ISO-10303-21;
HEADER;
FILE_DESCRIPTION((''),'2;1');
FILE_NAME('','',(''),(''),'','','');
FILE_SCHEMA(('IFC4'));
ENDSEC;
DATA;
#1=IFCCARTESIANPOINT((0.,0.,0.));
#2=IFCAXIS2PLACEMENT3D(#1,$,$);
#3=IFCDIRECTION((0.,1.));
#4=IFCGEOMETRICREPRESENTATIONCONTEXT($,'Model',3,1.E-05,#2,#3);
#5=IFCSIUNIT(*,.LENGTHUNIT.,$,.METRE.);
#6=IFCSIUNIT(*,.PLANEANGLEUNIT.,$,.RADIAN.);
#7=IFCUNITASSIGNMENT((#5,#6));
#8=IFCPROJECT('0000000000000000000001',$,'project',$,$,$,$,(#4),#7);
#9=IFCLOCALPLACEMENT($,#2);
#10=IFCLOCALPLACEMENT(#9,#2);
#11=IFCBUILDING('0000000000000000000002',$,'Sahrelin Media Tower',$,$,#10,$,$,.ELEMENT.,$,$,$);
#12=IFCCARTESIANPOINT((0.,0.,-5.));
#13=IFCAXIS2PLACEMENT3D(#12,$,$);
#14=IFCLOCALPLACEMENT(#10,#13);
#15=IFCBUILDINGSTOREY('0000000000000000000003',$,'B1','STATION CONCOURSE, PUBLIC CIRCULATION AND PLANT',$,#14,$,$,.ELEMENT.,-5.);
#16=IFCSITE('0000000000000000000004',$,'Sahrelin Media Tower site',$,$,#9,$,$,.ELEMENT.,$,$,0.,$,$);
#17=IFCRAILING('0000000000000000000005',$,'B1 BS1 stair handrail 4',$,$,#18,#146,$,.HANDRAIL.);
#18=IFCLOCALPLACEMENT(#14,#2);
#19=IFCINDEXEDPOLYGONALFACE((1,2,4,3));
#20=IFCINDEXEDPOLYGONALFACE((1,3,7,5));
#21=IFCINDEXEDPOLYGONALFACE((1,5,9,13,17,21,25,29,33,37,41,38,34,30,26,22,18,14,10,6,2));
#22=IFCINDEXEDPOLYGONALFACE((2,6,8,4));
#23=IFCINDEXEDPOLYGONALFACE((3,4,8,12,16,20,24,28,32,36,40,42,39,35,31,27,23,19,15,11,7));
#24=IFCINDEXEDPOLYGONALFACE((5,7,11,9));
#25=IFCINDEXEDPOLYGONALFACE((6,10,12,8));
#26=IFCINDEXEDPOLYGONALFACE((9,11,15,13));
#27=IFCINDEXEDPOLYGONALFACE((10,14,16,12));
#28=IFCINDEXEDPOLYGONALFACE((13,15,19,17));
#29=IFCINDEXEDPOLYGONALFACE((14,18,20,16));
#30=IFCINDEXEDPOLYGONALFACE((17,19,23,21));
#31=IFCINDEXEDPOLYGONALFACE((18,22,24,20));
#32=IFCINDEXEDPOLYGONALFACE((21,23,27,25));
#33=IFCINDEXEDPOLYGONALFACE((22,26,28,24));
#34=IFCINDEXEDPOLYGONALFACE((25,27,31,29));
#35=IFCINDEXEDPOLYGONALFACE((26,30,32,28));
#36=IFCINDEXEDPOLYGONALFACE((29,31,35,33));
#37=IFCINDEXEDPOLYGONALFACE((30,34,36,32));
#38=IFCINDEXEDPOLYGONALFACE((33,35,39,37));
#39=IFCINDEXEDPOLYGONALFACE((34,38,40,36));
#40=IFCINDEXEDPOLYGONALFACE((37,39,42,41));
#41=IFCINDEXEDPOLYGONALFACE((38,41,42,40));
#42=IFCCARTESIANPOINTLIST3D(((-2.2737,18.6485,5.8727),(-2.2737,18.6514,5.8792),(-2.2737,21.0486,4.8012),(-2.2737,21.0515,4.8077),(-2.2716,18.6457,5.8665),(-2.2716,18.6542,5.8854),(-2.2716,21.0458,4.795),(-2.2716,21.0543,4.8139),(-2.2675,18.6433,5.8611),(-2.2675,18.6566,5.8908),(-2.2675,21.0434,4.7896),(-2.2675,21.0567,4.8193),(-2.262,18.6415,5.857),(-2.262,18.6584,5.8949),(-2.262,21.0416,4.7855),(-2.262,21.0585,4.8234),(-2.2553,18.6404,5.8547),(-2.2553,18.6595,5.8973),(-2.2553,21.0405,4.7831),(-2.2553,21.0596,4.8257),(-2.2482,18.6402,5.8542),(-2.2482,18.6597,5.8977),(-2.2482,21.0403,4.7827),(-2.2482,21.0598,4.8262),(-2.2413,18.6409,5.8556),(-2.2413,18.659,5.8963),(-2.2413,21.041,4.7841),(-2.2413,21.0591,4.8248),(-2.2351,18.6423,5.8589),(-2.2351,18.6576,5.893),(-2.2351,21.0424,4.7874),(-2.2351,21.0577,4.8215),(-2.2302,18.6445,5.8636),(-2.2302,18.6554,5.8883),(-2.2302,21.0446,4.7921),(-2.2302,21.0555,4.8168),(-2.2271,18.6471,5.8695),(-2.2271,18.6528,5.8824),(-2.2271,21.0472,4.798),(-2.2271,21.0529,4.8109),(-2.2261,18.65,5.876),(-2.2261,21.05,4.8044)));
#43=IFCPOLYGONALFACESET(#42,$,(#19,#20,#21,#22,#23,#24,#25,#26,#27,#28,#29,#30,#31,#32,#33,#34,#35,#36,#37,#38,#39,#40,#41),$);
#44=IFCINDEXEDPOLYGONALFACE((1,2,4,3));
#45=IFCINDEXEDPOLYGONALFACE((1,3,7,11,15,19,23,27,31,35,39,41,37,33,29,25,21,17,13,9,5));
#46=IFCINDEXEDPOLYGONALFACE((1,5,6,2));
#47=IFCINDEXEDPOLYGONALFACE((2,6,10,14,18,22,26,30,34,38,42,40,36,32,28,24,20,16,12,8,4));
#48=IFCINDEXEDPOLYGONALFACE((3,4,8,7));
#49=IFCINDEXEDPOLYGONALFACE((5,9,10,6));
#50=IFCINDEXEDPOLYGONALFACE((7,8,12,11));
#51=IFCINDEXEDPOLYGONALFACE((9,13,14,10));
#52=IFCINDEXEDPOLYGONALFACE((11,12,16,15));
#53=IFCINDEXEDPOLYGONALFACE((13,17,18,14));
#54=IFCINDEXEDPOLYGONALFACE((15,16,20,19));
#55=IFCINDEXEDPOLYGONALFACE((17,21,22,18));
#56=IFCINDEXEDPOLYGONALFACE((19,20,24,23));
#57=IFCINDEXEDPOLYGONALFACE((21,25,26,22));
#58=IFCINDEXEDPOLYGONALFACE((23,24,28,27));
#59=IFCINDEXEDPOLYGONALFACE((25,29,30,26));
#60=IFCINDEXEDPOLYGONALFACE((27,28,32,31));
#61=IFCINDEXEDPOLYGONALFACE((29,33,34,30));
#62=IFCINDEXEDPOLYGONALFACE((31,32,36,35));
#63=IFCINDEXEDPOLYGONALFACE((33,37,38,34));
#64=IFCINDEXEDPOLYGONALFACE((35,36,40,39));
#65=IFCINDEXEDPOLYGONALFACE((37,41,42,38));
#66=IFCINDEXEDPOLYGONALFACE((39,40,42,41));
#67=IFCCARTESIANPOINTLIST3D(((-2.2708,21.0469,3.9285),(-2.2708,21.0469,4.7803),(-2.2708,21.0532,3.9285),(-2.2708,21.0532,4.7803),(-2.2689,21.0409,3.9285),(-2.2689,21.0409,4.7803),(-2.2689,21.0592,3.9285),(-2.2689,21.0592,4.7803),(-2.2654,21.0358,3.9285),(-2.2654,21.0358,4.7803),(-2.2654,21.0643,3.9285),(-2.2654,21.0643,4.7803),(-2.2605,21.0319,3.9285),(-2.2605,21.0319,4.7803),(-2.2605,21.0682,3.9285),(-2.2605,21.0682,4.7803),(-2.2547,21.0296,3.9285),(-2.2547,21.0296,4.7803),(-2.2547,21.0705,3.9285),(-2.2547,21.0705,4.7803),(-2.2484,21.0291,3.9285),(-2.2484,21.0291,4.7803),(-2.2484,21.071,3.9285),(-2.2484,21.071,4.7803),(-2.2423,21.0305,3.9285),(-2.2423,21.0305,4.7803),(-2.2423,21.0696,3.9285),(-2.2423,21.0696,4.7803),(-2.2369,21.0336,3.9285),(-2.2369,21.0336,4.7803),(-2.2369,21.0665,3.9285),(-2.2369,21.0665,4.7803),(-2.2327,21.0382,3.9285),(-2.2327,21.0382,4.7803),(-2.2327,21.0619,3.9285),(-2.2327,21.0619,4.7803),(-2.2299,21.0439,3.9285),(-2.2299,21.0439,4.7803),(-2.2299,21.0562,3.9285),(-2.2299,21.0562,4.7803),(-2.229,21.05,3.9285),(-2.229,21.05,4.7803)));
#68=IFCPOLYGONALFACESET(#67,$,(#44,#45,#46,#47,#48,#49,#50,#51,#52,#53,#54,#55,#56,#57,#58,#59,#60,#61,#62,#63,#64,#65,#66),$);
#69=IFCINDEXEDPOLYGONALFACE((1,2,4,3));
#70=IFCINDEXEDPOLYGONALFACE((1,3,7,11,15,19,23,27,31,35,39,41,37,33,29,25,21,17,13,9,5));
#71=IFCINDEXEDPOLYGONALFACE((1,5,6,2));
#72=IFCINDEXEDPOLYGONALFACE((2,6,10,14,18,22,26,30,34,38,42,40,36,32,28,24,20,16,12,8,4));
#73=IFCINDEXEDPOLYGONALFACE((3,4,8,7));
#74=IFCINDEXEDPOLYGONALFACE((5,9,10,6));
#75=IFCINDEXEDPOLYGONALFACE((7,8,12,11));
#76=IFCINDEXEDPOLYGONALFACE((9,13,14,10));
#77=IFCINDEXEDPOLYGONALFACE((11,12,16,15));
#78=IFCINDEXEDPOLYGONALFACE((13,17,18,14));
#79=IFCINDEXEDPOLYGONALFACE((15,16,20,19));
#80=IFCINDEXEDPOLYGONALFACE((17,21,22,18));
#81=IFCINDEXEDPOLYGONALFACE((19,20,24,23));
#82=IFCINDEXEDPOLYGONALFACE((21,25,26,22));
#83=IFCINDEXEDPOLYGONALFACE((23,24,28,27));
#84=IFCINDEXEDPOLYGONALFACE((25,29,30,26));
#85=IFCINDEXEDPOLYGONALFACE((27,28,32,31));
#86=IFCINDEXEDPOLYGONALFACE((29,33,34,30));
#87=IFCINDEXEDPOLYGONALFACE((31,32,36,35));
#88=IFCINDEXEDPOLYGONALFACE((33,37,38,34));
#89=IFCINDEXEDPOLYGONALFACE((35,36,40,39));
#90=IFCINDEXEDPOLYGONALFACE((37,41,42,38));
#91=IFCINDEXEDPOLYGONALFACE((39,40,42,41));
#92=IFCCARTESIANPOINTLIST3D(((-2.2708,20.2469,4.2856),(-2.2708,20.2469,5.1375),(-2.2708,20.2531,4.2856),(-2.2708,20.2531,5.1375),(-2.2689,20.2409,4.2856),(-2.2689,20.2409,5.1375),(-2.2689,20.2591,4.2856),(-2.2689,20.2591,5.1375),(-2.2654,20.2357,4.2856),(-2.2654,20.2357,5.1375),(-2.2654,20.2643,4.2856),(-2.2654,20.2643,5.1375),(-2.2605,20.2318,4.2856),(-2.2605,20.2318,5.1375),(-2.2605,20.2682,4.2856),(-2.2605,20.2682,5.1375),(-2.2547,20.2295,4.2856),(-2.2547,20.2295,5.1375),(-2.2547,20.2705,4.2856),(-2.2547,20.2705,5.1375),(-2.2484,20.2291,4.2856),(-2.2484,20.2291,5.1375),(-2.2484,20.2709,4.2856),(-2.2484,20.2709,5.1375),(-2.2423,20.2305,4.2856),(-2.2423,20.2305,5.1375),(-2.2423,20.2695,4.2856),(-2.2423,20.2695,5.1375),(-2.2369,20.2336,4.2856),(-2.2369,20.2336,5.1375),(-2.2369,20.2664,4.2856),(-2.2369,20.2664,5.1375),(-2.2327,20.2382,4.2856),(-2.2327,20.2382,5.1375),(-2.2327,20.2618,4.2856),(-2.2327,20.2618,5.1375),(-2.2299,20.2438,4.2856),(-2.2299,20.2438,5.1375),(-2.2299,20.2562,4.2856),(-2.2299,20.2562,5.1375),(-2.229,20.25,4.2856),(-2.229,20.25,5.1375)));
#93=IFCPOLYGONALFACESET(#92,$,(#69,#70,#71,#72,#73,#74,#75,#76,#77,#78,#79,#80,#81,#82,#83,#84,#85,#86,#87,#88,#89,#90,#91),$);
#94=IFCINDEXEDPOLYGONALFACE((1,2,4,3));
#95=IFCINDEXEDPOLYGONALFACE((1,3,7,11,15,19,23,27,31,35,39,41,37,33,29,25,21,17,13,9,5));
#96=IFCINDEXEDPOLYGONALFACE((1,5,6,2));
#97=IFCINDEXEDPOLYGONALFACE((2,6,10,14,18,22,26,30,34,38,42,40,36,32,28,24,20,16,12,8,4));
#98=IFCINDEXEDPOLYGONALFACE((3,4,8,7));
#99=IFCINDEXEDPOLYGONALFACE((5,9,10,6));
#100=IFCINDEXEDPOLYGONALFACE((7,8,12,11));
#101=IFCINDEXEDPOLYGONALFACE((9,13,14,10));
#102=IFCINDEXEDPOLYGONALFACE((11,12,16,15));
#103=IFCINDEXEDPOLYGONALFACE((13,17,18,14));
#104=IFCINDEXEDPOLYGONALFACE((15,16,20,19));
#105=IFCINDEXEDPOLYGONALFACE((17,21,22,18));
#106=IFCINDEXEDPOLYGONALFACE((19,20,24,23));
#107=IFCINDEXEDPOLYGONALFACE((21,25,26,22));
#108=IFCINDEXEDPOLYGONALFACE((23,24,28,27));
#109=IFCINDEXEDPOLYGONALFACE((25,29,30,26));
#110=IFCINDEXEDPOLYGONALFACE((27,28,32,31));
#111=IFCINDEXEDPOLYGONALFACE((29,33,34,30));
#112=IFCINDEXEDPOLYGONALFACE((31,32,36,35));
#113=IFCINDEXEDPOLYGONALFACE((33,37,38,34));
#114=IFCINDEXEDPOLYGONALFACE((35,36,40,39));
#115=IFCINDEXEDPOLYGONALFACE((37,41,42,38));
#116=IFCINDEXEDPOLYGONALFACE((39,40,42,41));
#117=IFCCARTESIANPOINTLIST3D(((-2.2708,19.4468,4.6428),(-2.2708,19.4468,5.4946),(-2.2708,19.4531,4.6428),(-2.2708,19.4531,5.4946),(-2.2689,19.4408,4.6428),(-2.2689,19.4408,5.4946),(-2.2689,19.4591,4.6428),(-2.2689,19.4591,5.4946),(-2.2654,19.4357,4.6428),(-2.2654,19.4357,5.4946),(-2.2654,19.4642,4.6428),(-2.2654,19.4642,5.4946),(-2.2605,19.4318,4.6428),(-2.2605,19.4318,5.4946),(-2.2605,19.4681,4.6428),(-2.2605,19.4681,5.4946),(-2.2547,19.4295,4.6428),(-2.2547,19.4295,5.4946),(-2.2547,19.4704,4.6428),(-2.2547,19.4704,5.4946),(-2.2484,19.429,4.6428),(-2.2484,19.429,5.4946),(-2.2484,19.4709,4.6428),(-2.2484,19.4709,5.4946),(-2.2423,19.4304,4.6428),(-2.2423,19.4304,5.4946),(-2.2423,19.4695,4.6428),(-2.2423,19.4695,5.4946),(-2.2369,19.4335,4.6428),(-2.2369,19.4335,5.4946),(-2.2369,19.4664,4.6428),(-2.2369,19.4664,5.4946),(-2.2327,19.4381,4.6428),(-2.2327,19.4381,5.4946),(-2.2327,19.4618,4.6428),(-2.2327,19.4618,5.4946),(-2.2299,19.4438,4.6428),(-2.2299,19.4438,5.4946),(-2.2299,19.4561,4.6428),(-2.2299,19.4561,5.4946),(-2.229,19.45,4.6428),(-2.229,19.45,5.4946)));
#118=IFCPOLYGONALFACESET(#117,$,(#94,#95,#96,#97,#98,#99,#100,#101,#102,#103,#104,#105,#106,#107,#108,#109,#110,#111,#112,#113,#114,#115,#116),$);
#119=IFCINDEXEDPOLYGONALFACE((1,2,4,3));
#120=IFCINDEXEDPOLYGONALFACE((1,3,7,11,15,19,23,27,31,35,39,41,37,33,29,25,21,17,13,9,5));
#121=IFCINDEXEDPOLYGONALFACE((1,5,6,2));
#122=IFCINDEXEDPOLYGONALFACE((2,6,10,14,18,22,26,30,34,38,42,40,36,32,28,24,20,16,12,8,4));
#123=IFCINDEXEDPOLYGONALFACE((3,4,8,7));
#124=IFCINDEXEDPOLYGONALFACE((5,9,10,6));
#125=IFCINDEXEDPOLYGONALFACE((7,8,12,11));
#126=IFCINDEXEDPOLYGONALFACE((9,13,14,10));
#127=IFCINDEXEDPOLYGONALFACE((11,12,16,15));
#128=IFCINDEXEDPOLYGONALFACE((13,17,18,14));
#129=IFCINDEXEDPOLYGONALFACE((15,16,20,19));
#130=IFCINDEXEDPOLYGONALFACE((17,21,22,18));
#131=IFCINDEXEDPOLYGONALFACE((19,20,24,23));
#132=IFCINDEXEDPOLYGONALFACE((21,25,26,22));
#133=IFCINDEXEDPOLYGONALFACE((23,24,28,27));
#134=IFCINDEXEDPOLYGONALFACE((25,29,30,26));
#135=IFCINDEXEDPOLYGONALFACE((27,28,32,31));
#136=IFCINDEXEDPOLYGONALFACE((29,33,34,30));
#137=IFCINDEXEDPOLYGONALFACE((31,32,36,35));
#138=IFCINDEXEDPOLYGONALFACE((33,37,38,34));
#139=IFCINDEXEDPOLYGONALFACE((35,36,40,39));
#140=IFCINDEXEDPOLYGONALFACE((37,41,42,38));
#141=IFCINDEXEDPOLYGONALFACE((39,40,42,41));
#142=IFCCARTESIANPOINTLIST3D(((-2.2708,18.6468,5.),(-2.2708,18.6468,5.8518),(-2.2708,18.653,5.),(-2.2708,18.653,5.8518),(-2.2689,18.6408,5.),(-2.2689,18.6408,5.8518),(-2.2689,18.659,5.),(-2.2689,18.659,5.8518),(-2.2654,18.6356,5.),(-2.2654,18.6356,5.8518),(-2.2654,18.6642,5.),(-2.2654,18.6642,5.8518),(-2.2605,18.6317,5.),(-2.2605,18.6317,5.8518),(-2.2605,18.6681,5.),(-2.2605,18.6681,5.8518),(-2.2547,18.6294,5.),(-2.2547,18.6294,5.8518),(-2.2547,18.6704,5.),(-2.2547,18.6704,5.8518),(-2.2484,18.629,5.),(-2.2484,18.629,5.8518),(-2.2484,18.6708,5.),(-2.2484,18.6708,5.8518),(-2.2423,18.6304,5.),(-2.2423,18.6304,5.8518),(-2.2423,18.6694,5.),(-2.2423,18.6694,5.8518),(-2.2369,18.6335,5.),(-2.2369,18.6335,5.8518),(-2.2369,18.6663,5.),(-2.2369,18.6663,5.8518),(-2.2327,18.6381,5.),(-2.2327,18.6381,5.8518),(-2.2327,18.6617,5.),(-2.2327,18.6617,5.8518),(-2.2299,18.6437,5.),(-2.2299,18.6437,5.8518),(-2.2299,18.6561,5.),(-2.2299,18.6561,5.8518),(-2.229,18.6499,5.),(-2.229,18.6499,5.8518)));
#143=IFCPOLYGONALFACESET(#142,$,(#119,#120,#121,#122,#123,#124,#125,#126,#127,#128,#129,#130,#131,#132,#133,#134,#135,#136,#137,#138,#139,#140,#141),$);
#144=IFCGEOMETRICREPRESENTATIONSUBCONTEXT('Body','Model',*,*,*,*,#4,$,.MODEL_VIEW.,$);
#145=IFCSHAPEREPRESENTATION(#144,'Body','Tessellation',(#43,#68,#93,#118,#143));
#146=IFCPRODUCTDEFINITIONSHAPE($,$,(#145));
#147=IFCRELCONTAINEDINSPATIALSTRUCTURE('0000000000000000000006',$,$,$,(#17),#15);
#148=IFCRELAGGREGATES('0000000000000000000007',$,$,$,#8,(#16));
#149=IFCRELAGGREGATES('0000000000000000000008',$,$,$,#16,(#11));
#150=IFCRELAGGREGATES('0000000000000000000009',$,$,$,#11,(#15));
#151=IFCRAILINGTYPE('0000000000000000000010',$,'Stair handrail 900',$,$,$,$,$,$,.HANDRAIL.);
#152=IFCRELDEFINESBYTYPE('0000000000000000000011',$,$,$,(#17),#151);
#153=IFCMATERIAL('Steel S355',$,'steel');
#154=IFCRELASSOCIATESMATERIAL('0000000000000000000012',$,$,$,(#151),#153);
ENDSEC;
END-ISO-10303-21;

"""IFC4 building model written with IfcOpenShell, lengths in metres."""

from ifc_helpers import new_model, si_unit, direction, frame, origin, origin_2d, place, context, subcontext, project, spatial, circle, extrude, material, type_object, element, save


model = new_model("IFC4")

# Units and contexts
model_context = context("Model", 3, precision=1e-05, world=origin(), true_north=direction((0.0, 1.0)))
body_context = subcontext(model_context, "Body", "Model", "MODEL_VIEW")
ifc_project = project(units=[si_unit("LENGTHUNIT", "METRE"), si_unit("PLANEANGLEUNIT", "RADIAN")], contexts=[model_context])

# Site, building, storey
site_placement = place(None, origin())
site = spatial("IfcSite", under=ifc_project, at=site_placement, Name="Sahrelin Media Tower site", CompositionType="ELEMENT", RefElevation=0.0)
building_placement = place(site_placement, origin())
building = spatial("IfcBuilding", under=site, at=building_placement, Name="Sahrelin Media Tower", CompositionType="ELEMENT")
storey_placement = place(building_placement, frame((0.0, 0.0, -5.0)))
storey = spatial("IfcBuildingStorey", under=building, at=storey_placement, Name="B1", Description="STATION CONCOURSE, PUBLIC CIRCULATION AND PLANT", CompositionType="ELEMENT", Elevation=-5.0)

# Railing
ifc_material_1 = material(Name="Steel S355", Category="steel")
railing_type_1 = type_object("IfcRailingType", Name="Stair handrail 900", PredefinedType="HANDRAIL", material=ifc_material_1)
for number, where, name in (
    (1, (-2.25, 21.05, 3.9285), "B1 BS1 stair handrail 4"),
):
    element("IfcRailing", number, at=place(storey_placement, frame(where)), inside=storey, type_object=railing_type_1, Name=name, PredefinedType="HANDRAIL", context=body_context, shape_type="SweptSolid", body=[
        extrude(circle(Radius=0.0239, at=origin_2d()), frame((0.0, 0.0, 0.876), z_axis=(0.0, -0.913132, 0.407663), x_axis=(1.0, 0.0, 0.0)), (0.0, 0.0, 1.0), 2.6284),
        extrude(circle(Radius=0.021, at=origin_2d()), origin(), (0.0, 0.0, 1.0), 0.8518),
        extrude(circle(Radius=0.021, at=origin_2d()), frame((0.0, -0.8, 0.3572)), (0.0, 0.0, 1.0), 0.8518),
        extrude(circle(Radius=0.021, at=origin_2d()), frame((0.0, -1.6001, 0.7144)), (0.0, 0.0, 1.0), 0.8518),
        extrude(circle(Radius=0.021, at=origin_2d()), frame((0.0, -2.4001, 1.0715)), (0.0, 0.0, 1.0), 0.8518),
    ])

save(model, "model.ifc")
